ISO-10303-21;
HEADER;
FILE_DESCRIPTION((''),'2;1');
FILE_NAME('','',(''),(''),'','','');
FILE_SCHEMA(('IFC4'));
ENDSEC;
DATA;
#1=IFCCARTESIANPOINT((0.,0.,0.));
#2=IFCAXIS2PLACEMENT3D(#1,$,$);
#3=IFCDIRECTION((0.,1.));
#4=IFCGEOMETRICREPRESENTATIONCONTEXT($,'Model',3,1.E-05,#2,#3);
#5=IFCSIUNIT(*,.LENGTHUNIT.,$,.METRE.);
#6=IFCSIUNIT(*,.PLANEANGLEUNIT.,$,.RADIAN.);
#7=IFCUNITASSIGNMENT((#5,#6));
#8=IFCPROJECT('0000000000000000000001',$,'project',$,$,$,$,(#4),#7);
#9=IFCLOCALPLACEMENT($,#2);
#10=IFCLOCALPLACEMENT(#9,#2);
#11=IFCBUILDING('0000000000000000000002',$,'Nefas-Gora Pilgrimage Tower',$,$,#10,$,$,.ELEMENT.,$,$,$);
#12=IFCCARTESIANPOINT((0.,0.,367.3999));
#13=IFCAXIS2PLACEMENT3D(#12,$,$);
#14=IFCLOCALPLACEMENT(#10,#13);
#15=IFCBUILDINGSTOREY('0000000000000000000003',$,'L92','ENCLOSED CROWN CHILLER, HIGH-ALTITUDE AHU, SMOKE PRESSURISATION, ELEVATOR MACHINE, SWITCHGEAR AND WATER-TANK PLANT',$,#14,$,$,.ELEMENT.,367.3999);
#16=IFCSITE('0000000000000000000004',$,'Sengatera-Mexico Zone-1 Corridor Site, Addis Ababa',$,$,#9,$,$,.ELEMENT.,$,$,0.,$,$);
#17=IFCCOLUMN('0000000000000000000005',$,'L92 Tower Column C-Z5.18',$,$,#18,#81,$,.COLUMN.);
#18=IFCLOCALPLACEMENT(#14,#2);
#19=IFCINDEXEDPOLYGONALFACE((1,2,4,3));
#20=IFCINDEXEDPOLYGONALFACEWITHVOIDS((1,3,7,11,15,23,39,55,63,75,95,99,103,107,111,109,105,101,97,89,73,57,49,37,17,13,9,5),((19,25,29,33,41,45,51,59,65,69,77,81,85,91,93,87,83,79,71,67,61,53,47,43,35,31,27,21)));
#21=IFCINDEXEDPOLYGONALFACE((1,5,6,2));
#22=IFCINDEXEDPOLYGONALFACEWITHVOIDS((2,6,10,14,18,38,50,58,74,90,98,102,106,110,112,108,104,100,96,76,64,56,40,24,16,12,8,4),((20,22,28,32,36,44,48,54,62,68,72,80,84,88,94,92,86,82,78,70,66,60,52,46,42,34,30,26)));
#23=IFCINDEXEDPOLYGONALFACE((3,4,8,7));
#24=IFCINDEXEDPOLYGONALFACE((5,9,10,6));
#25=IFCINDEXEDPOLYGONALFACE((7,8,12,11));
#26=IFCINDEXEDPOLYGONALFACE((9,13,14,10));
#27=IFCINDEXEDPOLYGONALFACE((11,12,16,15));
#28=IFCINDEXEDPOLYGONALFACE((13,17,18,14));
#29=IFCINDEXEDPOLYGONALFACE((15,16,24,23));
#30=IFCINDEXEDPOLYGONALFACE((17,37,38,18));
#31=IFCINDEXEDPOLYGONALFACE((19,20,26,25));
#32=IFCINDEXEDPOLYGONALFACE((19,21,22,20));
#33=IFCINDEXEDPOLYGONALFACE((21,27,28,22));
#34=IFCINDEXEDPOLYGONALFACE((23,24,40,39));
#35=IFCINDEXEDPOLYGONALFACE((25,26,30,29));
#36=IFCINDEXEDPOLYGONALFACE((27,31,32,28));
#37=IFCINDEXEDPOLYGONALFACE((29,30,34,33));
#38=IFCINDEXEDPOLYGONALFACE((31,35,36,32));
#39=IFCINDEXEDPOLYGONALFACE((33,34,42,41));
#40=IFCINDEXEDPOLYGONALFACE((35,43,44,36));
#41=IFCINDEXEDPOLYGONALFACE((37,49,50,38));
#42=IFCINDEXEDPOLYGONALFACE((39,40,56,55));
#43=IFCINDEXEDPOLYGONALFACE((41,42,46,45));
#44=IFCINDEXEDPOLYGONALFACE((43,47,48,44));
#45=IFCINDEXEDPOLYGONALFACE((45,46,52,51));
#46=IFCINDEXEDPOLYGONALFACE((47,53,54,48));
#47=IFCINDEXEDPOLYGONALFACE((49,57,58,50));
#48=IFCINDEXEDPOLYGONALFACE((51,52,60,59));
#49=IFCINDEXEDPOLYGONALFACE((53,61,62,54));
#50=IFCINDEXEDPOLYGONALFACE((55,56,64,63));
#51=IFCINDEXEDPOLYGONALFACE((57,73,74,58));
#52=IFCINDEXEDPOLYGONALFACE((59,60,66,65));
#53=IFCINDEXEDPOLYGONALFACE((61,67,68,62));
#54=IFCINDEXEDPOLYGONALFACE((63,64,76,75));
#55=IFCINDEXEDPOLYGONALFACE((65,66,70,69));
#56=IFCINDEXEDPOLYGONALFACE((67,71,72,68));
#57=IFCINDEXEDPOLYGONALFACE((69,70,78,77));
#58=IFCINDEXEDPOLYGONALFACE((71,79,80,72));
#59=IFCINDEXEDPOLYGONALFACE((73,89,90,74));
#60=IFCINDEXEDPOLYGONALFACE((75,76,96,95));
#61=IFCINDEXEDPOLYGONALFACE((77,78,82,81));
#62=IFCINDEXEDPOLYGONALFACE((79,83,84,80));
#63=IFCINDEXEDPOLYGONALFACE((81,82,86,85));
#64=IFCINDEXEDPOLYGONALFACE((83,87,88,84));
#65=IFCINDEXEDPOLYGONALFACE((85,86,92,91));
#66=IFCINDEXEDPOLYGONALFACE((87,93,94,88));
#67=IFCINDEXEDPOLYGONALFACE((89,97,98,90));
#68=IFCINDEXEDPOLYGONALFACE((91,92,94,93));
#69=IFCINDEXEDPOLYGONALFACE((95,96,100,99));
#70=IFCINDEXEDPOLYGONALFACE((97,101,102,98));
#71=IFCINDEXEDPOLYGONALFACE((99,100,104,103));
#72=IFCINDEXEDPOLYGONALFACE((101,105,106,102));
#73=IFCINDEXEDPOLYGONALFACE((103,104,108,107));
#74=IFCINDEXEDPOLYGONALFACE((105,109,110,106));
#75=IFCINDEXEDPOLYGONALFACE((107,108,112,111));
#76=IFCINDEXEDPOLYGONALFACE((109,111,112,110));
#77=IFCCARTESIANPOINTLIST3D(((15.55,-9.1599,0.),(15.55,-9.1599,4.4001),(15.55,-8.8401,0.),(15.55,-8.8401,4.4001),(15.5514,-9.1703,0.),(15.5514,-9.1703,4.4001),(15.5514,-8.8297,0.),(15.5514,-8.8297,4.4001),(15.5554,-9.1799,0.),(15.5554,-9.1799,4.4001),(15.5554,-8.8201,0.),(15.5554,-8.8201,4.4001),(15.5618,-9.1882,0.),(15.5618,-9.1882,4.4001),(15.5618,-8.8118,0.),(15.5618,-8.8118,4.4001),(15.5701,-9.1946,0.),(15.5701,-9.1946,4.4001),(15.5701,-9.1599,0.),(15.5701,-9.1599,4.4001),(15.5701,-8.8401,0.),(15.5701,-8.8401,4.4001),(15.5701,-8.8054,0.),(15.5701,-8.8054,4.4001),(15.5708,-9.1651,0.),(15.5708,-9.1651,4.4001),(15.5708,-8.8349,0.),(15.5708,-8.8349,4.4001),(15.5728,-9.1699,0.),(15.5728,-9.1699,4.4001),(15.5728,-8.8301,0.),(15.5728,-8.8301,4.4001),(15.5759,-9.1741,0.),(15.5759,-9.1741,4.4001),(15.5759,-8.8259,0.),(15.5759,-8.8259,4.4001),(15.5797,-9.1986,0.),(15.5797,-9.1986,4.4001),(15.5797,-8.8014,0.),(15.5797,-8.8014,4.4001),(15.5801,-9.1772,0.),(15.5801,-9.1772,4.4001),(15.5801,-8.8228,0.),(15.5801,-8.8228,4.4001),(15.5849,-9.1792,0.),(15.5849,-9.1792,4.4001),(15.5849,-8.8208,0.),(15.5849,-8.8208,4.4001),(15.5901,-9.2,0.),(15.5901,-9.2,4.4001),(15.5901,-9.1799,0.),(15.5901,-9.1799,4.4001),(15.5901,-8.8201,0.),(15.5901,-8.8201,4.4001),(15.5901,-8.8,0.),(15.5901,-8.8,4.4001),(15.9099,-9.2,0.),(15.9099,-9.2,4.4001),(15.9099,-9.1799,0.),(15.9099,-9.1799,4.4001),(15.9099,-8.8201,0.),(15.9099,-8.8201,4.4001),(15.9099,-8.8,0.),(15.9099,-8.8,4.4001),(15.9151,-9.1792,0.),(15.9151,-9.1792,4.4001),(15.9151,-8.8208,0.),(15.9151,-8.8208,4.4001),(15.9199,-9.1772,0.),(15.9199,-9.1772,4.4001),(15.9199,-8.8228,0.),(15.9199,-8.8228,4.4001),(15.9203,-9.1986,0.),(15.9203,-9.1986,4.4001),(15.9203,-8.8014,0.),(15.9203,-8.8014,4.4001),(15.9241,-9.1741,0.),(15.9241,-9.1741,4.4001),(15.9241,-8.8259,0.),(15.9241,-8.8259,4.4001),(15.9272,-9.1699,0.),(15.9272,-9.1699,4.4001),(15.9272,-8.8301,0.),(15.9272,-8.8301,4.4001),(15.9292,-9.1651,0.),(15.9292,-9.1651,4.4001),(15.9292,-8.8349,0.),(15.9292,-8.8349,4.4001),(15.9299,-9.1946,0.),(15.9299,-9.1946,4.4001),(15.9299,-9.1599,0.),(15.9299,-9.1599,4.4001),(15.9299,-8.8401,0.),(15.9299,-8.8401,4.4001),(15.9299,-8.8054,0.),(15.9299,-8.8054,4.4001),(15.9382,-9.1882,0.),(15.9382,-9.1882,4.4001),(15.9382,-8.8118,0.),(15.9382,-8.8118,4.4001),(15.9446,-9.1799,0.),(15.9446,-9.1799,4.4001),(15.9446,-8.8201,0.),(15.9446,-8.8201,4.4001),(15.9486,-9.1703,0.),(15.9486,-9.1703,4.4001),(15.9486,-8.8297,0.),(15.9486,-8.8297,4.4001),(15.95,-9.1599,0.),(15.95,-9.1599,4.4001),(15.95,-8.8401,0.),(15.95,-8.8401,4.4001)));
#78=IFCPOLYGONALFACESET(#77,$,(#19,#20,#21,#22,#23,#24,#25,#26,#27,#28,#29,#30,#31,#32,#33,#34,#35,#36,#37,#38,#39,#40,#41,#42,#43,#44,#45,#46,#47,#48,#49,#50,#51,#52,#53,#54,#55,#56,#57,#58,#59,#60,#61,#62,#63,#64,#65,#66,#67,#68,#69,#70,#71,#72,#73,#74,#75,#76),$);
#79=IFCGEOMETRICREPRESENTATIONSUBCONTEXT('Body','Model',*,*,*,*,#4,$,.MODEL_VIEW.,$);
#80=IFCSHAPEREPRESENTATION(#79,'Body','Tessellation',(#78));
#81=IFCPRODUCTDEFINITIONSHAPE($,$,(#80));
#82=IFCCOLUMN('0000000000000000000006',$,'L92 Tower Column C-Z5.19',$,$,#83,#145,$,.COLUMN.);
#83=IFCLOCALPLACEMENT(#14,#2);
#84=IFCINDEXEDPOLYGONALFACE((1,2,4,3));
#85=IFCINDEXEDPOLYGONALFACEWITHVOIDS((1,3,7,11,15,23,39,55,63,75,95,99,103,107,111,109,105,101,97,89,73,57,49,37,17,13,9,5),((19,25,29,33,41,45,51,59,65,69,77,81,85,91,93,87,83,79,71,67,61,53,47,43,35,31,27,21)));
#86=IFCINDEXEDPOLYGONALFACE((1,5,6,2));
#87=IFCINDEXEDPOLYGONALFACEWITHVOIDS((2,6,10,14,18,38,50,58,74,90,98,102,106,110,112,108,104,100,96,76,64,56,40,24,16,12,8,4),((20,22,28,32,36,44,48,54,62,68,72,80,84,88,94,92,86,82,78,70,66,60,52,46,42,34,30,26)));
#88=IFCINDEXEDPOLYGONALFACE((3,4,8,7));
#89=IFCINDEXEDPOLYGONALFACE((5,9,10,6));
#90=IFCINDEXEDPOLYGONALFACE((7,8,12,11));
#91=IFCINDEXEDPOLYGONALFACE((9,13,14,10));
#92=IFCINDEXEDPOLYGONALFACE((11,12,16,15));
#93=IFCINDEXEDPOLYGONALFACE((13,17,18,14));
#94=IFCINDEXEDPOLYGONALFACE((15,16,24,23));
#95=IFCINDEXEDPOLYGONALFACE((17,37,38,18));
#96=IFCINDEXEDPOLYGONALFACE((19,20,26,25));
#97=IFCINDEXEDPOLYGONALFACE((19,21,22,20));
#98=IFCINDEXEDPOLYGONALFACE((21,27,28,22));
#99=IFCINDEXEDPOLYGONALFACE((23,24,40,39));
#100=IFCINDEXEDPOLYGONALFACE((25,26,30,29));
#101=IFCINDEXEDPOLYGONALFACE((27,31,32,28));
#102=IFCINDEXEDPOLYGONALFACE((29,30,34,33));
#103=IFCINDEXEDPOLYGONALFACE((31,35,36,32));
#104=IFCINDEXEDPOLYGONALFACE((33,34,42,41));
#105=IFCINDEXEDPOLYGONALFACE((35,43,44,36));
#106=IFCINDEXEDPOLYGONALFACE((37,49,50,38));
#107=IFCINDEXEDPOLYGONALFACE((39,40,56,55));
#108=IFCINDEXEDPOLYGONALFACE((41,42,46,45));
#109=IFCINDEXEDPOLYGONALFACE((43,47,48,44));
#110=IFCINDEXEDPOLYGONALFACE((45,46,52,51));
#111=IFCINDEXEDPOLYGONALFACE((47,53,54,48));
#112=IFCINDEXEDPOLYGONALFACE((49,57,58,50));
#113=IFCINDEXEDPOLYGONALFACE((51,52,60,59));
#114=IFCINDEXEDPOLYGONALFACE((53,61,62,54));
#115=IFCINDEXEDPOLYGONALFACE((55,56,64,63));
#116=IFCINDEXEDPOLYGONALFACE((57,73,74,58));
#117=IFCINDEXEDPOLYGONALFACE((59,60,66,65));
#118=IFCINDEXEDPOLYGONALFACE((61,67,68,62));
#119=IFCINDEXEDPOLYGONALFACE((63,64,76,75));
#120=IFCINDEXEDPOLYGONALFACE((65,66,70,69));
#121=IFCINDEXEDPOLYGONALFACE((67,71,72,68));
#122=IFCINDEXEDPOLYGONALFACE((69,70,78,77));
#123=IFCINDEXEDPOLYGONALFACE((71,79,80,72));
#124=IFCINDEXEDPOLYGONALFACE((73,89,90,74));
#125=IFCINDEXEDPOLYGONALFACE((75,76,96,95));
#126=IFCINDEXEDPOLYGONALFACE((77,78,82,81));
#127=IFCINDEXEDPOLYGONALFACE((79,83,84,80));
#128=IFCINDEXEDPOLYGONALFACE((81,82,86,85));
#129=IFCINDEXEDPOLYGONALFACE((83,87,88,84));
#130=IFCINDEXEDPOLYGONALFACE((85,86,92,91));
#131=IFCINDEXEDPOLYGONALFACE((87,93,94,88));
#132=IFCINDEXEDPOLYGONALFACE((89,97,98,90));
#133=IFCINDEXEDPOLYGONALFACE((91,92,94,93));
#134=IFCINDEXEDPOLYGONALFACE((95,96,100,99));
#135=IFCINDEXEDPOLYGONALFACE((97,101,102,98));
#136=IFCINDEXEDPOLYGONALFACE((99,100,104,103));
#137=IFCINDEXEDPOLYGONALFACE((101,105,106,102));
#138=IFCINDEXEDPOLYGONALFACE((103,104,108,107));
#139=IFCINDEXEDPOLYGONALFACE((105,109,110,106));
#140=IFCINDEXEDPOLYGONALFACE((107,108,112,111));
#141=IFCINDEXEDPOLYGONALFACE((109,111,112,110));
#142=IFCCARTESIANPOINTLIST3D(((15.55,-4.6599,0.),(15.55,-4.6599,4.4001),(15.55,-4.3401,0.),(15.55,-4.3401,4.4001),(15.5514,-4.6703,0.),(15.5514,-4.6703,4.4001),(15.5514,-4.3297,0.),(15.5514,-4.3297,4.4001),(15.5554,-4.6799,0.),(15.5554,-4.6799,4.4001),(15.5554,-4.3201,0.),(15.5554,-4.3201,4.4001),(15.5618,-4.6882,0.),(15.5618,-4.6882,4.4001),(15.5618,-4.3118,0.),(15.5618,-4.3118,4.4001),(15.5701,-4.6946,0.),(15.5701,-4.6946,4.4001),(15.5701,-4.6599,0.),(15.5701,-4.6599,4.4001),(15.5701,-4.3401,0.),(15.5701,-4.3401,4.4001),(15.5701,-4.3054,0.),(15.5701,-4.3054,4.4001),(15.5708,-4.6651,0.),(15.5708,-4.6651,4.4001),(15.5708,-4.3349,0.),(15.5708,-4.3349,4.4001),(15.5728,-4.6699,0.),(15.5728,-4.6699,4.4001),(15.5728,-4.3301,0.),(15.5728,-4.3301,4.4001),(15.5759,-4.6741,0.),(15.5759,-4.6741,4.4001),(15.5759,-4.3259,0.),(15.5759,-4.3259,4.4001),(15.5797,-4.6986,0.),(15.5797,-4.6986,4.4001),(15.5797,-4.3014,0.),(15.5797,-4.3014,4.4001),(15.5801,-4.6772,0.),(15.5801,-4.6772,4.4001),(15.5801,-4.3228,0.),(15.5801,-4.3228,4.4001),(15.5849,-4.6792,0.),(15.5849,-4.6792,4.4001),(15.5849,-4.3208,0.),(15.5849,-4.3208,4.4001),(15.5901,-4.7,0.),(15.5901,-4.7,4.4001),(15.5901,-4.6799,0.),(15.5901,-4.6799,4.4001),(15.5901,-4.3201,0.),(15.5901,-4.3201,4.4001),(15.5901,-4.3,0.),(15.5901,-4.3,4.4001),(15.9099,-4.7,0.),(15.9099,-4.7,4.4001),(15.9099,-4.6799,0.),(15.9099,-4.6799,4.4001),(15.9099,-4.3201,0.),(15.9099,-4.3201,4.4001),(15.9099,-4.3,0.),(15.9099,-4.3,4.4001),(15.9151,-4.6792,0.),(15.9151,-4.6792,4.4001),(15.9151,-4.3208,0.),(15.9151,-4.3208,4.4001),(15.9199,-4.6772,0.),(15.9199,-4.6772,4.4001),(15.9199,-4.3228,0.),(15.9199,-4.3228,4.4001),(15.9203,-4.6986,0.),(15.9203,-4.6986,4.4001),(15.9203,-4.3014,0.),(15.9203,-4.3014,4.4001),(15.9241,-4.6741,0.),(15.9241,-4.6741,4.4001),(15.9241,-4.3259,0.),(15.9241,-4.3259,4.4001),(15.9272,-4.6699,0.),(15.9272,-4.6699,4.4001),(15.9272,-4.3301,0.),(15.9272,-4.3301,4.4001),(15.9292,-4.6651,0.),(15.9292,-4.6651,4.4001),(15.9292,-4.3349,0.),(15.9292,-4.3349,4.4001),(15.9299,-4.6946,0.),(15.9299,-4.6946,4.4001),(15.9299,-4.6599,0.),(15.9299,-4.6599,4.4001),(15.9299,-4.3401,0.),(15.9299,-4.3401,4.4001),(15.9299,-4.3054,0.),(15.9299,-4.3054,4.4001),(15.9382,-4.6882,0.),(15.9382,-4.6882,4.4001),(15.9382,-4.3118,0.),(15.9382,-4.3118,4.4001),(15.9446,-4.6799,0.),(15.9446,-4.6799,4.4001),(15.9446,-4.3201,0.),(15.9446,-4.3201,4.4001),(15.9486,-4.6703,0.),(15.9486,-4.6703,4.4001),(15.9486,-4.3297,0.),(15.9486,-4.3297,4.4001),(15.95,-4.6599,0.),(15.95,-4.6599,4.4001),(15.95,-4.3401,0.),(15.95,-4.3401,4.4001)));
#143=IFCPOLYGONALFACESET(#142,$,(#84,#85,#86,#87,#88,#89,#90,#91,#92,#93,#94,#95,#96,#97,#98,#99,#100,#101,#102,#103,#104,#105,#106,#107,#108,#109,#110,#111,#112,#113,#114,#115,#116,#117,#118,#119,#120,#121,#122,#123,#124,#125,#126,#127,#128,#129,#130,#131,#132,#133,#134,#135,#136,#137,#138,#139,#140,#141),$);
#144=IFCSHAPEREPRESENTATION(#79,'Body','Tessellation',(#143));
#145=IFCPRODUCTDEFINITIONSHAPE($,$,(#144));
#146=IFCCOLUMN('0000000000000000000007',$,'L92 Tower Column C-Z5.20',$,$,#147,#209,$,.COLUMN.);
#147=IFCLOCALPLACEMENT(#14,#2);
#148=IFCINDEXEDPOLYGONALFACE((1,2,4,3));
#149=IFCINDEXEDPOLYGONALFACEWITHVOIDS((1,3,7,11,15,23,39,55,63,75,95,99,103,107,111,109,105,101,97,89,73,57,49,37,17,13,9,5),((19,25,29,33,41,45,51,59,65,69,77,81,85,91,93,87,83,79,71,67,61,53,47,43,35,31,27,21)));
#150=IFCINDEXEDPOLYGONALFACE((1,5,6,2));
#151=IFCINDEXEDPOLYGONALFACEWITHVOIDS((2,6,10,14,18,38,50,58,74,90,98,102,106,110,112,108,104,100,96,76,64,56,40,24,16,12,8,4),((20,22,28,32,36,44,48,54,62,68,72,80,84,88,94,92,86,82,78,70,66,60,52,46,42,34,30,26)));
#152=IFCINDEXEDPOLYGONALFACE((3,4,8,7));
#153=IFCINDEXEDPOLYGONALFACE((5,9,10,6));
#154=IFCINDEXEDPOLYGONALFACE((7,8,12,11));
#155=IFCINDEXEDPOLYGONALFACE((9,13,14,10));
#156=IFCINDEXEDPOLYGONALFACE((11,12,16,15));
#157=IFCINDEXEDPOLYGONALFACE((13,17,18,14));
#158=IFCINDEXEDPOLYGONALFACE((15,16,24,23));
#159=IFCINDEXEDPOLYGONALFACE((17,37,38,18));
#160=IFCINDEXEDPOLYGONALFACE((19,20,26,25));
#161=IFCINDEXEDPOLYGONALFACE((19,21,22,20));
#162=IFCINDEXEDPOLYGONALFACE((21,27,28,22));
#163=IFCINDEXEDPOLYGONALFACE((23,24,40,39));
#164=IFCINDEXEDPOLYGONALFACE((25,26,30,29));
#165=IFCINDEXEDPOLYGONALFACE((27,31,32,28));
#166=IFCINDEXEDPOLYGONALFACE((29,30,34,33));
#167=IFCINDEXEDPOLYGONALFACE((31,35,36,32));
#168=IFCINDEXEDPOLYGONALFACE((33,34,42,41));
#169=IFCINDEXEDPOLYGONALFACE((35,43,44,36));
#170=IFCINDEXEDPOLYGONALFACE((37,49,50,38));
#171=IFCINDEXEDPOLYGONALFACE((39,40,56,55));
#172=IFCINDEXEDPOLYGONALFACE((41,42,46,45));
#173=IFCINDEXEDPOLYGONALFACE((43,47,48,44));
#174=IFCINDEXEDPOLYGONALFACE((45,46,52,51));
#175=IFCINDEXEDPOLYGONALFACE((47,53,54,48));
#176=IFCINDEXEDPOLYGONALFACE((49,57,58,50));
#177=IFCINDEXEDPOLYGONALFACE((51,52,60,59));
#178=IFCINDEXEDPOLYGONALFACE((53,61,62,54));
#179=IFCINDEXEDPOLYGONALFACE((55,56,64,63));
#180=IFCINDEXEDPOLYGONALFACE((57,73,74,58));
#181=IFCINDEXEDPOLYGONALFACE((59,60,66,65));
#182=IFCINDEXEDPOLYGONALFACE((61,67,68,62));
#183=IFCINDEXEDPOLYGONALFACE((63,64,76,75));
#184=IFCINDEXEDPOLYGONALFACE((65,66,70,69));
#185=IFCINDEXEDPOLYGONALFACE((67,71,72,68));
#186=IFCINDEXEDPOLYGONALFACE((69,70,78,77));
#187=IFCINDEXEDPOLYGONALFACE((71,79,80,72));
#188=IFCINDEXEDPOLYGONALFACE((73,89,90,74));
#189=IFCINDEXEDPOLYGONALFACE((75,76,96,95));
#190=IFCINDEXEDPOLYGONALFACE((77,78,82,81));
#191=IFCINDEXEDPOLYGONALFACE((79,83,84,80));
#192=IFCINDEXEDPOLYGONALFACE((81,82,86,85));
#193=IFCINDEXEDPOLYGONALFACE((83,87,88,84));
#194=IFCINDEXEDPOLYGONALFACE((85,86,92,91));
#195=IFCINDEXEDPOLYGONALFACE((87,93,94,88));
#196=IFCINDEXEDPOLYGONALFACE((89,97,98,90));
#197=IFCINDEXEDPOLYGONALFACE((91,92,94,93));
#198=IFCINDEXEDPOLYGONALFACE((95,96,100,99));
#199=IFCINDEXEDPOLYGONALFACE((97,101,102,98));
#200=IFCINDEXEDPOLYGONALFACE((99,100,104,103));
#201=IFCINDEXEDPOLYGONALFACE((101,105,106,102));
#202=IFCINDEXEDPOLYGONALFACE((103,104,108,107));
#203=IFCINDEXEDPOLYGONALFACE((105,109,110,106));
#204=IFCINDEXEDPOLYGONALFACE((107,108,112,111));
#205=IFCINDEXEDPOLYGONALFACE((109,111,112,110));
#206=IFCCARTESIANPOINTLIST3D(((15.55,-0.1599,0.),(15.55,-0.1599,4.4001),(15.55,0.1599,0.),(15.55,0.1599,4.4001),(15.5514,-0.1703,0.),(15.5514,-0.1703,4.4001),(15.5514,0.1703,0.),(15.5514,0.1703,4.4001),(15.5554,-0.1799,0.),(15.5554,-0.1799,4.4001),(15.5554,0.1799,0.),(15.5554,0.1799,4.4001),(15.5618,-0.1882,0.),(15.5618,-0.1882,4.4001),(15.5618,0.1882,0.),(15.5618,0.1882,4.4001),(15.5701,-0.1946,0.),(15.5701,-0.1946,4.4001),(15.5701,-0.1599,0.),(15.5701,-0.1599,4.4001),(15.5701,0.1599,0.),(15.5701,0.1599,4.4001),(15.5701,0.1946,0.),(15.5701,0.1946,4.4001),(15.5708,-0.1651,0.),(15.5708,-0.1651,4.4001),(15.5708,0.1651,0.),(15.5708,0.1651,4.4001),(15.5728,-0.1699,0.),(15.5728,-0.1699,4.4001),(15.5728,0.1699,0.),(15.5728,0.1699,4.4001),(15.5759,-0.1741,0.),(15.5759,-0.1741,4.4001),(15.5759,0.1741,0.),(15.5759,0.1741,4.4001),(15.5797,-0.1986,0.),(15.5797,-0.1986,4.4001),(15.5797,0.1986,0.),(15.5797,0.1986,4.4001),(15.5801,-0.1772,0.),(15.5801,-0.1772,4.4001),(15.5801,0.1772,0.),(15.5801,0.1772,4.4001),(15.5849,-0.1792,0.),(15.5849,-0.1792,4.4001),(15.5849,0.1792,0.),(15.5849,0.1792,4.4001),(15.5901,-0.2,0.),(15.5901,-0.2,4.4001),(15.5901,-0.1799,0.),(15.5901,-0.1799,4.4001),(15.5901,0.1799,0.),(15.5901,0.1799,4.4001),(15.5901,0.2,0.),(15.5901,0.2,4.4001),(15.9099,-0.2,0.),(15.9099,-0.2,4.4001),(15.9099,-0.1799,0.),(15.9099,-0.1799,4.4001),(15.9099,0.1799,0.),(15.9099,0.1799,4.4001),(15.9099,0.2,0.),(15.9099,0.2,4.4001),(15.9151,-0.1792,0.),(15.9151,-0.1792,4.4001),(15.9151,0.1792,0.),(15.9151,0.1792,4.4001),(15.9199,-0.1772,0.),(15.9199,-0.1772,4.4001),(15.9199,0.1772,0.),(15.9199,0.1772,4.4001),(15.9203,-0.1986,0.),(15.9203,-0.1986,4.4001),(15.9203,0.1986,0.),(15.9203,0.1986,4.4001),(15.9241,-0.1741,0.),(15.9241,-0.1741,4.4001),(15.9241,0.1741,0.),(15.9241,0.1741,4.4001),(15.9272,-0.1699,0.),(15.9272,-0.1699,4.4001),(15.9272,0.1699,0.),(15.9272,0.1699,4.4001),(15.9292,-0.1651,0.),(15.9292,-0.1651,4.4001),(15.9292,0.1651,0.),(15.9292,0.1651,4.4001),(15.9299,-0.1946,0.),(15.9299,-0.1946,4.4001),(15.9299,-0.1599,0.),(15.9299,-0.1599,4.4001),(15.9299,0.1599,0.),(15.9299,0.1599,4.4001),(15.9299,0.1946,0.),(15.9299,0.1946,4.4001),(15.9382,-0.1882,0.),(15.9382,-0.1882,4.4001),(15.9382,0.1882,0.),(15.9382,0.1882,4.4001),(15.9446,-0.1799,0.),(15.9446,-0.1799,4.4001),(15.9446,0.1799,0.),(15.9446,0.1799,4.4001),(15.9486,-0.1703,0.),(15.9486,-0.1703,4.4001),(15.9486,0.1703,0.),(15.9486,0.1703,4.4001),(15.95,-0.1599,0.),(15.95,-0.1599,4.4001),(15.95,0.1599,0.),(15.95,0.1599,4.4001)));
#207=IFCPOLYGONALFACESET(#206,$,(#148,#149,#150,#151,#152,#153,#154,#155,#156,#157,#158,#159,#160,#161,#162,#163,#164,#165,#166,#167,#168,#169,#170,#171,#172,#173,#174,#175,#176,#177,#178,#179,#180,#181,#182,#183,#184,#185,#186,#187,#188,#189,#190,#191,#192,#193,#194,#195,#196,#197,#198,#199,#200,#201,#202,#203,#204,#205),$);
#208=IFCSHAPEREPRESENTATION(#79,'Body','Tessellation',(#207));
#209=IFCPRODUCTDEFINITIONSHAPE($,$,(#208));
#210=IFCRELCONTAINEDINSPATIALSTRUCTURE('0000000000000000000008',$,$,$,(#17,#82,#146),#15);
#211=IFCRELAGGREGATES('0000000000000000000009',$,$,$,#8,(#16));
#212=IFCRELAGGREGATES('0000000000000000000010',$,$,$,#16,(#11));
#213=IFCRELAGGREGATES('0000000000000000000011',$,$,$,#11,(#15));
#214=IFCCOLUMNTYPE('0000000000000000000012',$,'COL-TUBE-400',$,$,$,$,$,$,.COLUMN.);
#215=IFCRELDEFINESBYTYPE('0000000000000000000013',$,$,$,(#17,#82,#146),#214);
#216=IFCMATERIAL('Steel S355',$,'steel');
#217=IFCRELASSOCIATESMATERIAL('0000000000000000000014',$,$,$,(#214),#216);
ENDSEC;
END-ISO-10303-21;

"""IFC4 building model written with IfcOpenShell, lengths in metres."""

from ifc_helpers import new_model, si_unit, direction, frame, origin, origin_2d, place, context, subcontext, project, spatial, hollow_rectangle, extrude, source, transform, mapped, material, material_profile, profile_set, type_object, element, save


model = new_model("IFC4")

# Units and contexts
model_context = context("Model", 3, precision=1e-05, world=origin(), true_north=direction((0.0, 1.0)))
body_context = subcontext(model_context, "Body", "Model", "MODEL_VIEW")
ifc_project = project(units=[si_unit("LENGTHUNIT", "METRE"), si_unit("PLANEANGLEUNIT", "RADIAN")], contexts=[model_context])

# Site, building, storey
site_placement = place(None, origin())
site = spatial("IfcSite", under=ifc_project, at=site_placement, Name="Sengatera-Mexico Zone-1 Corridor Site, Addis Ababa", CompositionType="ELEMENT", RefElevation=0.0)
building_placement = place(site_placement, origin())
building = spatial("IfcBuilding", under=site, at=building_placement, Name="Nefas-Gora Pilgrimage Tower", CompositionType="ELEMENT")
storey_placement = place(building_placement, frame((0.0, 0.0, 367.3999)))
storey = spatial("IfcBuildingStorey", under=building, at=storey_placement, Name="L92", Description="ENCLOSED CROWN CHILLER, HIGH-ALTITUDE AHU, SMOKE PRESSURISATION, ELEVATOR MACHINE, SWITCHGEAR AND WATER-TANK PLANT", CompositionType="ELEMENT", Elevation=367.3999)

# Columns
ifc_material_1 = material(Name="Steel S355", Category="steel")
ifc_material_profile_1 = material_profile(ifc_material_1, hollow_rectangle(XDim=0.3999, YDim=0.3999, WallThickness=0.02, InnerFilletRadius=0.02, OuterFilletRadius=0.04, at=origin_2d()), Name="SHS 400x400x20")
ifc_profile_set_1 = profile_set([ifc_material_profile_1], Name="Steel S355")
column_type = type_object("IfcColumnType", Name="COL-TUBE-400", PredefinedType="COLUMN", material=ifc_profile_set_1)
shared_shape_1 = source(origin(), body_context, "Body", "SweptSolid", [
    extrude(hollow_rectangle(XDim=0.3999, YDim=0.3999, WallThickness=0.02, InnerFilletRadius=0.02, OuterFilletRadius=0.04, at=origin_2d()), origin(), (0.0, 0.0, 1.0), 4.4001),
])
for number, where, z_axis, x_axis, name in (
    (1, (15.75, -9.0, 0.0), (0.0, 0.0, 1.0), (1.0, 0.0, 0.0), "L92 Tower Column C-Z5.18"),
    (2, (15.75, -4.5, 0.0), (0.0, 0.0, 1.0), (1.0, 0.0, 0.0), "L92 Tower Column C-Z5.19"),
    (3, (15.75, 0.0, 0.0), (0.0, 0.0, 1.0), (1.0, 0.0, 0.0), "L92 Tower Column C-Z5.20"),
):
    element("IfcColumn", number, at=place(storey_placement, frame(where, z_axis=z_axis, x_axis=x_axis)), inside=storey, type_object=column_type, Name=name, PredefinedType="COLUMN", context=body_context, shape_type="MappedRepresentation", body=[
        mapped(shared_shape_1, transform((0.0, 0.0, 0.0), x_axis=(1.0, 0.0, 0.0), y_axis=(0.0, 1.0, 0.0), z_axis=(0.0, 0.0, 1.0), scale=1.0)),
    ])

save(model, "model.ifc")
